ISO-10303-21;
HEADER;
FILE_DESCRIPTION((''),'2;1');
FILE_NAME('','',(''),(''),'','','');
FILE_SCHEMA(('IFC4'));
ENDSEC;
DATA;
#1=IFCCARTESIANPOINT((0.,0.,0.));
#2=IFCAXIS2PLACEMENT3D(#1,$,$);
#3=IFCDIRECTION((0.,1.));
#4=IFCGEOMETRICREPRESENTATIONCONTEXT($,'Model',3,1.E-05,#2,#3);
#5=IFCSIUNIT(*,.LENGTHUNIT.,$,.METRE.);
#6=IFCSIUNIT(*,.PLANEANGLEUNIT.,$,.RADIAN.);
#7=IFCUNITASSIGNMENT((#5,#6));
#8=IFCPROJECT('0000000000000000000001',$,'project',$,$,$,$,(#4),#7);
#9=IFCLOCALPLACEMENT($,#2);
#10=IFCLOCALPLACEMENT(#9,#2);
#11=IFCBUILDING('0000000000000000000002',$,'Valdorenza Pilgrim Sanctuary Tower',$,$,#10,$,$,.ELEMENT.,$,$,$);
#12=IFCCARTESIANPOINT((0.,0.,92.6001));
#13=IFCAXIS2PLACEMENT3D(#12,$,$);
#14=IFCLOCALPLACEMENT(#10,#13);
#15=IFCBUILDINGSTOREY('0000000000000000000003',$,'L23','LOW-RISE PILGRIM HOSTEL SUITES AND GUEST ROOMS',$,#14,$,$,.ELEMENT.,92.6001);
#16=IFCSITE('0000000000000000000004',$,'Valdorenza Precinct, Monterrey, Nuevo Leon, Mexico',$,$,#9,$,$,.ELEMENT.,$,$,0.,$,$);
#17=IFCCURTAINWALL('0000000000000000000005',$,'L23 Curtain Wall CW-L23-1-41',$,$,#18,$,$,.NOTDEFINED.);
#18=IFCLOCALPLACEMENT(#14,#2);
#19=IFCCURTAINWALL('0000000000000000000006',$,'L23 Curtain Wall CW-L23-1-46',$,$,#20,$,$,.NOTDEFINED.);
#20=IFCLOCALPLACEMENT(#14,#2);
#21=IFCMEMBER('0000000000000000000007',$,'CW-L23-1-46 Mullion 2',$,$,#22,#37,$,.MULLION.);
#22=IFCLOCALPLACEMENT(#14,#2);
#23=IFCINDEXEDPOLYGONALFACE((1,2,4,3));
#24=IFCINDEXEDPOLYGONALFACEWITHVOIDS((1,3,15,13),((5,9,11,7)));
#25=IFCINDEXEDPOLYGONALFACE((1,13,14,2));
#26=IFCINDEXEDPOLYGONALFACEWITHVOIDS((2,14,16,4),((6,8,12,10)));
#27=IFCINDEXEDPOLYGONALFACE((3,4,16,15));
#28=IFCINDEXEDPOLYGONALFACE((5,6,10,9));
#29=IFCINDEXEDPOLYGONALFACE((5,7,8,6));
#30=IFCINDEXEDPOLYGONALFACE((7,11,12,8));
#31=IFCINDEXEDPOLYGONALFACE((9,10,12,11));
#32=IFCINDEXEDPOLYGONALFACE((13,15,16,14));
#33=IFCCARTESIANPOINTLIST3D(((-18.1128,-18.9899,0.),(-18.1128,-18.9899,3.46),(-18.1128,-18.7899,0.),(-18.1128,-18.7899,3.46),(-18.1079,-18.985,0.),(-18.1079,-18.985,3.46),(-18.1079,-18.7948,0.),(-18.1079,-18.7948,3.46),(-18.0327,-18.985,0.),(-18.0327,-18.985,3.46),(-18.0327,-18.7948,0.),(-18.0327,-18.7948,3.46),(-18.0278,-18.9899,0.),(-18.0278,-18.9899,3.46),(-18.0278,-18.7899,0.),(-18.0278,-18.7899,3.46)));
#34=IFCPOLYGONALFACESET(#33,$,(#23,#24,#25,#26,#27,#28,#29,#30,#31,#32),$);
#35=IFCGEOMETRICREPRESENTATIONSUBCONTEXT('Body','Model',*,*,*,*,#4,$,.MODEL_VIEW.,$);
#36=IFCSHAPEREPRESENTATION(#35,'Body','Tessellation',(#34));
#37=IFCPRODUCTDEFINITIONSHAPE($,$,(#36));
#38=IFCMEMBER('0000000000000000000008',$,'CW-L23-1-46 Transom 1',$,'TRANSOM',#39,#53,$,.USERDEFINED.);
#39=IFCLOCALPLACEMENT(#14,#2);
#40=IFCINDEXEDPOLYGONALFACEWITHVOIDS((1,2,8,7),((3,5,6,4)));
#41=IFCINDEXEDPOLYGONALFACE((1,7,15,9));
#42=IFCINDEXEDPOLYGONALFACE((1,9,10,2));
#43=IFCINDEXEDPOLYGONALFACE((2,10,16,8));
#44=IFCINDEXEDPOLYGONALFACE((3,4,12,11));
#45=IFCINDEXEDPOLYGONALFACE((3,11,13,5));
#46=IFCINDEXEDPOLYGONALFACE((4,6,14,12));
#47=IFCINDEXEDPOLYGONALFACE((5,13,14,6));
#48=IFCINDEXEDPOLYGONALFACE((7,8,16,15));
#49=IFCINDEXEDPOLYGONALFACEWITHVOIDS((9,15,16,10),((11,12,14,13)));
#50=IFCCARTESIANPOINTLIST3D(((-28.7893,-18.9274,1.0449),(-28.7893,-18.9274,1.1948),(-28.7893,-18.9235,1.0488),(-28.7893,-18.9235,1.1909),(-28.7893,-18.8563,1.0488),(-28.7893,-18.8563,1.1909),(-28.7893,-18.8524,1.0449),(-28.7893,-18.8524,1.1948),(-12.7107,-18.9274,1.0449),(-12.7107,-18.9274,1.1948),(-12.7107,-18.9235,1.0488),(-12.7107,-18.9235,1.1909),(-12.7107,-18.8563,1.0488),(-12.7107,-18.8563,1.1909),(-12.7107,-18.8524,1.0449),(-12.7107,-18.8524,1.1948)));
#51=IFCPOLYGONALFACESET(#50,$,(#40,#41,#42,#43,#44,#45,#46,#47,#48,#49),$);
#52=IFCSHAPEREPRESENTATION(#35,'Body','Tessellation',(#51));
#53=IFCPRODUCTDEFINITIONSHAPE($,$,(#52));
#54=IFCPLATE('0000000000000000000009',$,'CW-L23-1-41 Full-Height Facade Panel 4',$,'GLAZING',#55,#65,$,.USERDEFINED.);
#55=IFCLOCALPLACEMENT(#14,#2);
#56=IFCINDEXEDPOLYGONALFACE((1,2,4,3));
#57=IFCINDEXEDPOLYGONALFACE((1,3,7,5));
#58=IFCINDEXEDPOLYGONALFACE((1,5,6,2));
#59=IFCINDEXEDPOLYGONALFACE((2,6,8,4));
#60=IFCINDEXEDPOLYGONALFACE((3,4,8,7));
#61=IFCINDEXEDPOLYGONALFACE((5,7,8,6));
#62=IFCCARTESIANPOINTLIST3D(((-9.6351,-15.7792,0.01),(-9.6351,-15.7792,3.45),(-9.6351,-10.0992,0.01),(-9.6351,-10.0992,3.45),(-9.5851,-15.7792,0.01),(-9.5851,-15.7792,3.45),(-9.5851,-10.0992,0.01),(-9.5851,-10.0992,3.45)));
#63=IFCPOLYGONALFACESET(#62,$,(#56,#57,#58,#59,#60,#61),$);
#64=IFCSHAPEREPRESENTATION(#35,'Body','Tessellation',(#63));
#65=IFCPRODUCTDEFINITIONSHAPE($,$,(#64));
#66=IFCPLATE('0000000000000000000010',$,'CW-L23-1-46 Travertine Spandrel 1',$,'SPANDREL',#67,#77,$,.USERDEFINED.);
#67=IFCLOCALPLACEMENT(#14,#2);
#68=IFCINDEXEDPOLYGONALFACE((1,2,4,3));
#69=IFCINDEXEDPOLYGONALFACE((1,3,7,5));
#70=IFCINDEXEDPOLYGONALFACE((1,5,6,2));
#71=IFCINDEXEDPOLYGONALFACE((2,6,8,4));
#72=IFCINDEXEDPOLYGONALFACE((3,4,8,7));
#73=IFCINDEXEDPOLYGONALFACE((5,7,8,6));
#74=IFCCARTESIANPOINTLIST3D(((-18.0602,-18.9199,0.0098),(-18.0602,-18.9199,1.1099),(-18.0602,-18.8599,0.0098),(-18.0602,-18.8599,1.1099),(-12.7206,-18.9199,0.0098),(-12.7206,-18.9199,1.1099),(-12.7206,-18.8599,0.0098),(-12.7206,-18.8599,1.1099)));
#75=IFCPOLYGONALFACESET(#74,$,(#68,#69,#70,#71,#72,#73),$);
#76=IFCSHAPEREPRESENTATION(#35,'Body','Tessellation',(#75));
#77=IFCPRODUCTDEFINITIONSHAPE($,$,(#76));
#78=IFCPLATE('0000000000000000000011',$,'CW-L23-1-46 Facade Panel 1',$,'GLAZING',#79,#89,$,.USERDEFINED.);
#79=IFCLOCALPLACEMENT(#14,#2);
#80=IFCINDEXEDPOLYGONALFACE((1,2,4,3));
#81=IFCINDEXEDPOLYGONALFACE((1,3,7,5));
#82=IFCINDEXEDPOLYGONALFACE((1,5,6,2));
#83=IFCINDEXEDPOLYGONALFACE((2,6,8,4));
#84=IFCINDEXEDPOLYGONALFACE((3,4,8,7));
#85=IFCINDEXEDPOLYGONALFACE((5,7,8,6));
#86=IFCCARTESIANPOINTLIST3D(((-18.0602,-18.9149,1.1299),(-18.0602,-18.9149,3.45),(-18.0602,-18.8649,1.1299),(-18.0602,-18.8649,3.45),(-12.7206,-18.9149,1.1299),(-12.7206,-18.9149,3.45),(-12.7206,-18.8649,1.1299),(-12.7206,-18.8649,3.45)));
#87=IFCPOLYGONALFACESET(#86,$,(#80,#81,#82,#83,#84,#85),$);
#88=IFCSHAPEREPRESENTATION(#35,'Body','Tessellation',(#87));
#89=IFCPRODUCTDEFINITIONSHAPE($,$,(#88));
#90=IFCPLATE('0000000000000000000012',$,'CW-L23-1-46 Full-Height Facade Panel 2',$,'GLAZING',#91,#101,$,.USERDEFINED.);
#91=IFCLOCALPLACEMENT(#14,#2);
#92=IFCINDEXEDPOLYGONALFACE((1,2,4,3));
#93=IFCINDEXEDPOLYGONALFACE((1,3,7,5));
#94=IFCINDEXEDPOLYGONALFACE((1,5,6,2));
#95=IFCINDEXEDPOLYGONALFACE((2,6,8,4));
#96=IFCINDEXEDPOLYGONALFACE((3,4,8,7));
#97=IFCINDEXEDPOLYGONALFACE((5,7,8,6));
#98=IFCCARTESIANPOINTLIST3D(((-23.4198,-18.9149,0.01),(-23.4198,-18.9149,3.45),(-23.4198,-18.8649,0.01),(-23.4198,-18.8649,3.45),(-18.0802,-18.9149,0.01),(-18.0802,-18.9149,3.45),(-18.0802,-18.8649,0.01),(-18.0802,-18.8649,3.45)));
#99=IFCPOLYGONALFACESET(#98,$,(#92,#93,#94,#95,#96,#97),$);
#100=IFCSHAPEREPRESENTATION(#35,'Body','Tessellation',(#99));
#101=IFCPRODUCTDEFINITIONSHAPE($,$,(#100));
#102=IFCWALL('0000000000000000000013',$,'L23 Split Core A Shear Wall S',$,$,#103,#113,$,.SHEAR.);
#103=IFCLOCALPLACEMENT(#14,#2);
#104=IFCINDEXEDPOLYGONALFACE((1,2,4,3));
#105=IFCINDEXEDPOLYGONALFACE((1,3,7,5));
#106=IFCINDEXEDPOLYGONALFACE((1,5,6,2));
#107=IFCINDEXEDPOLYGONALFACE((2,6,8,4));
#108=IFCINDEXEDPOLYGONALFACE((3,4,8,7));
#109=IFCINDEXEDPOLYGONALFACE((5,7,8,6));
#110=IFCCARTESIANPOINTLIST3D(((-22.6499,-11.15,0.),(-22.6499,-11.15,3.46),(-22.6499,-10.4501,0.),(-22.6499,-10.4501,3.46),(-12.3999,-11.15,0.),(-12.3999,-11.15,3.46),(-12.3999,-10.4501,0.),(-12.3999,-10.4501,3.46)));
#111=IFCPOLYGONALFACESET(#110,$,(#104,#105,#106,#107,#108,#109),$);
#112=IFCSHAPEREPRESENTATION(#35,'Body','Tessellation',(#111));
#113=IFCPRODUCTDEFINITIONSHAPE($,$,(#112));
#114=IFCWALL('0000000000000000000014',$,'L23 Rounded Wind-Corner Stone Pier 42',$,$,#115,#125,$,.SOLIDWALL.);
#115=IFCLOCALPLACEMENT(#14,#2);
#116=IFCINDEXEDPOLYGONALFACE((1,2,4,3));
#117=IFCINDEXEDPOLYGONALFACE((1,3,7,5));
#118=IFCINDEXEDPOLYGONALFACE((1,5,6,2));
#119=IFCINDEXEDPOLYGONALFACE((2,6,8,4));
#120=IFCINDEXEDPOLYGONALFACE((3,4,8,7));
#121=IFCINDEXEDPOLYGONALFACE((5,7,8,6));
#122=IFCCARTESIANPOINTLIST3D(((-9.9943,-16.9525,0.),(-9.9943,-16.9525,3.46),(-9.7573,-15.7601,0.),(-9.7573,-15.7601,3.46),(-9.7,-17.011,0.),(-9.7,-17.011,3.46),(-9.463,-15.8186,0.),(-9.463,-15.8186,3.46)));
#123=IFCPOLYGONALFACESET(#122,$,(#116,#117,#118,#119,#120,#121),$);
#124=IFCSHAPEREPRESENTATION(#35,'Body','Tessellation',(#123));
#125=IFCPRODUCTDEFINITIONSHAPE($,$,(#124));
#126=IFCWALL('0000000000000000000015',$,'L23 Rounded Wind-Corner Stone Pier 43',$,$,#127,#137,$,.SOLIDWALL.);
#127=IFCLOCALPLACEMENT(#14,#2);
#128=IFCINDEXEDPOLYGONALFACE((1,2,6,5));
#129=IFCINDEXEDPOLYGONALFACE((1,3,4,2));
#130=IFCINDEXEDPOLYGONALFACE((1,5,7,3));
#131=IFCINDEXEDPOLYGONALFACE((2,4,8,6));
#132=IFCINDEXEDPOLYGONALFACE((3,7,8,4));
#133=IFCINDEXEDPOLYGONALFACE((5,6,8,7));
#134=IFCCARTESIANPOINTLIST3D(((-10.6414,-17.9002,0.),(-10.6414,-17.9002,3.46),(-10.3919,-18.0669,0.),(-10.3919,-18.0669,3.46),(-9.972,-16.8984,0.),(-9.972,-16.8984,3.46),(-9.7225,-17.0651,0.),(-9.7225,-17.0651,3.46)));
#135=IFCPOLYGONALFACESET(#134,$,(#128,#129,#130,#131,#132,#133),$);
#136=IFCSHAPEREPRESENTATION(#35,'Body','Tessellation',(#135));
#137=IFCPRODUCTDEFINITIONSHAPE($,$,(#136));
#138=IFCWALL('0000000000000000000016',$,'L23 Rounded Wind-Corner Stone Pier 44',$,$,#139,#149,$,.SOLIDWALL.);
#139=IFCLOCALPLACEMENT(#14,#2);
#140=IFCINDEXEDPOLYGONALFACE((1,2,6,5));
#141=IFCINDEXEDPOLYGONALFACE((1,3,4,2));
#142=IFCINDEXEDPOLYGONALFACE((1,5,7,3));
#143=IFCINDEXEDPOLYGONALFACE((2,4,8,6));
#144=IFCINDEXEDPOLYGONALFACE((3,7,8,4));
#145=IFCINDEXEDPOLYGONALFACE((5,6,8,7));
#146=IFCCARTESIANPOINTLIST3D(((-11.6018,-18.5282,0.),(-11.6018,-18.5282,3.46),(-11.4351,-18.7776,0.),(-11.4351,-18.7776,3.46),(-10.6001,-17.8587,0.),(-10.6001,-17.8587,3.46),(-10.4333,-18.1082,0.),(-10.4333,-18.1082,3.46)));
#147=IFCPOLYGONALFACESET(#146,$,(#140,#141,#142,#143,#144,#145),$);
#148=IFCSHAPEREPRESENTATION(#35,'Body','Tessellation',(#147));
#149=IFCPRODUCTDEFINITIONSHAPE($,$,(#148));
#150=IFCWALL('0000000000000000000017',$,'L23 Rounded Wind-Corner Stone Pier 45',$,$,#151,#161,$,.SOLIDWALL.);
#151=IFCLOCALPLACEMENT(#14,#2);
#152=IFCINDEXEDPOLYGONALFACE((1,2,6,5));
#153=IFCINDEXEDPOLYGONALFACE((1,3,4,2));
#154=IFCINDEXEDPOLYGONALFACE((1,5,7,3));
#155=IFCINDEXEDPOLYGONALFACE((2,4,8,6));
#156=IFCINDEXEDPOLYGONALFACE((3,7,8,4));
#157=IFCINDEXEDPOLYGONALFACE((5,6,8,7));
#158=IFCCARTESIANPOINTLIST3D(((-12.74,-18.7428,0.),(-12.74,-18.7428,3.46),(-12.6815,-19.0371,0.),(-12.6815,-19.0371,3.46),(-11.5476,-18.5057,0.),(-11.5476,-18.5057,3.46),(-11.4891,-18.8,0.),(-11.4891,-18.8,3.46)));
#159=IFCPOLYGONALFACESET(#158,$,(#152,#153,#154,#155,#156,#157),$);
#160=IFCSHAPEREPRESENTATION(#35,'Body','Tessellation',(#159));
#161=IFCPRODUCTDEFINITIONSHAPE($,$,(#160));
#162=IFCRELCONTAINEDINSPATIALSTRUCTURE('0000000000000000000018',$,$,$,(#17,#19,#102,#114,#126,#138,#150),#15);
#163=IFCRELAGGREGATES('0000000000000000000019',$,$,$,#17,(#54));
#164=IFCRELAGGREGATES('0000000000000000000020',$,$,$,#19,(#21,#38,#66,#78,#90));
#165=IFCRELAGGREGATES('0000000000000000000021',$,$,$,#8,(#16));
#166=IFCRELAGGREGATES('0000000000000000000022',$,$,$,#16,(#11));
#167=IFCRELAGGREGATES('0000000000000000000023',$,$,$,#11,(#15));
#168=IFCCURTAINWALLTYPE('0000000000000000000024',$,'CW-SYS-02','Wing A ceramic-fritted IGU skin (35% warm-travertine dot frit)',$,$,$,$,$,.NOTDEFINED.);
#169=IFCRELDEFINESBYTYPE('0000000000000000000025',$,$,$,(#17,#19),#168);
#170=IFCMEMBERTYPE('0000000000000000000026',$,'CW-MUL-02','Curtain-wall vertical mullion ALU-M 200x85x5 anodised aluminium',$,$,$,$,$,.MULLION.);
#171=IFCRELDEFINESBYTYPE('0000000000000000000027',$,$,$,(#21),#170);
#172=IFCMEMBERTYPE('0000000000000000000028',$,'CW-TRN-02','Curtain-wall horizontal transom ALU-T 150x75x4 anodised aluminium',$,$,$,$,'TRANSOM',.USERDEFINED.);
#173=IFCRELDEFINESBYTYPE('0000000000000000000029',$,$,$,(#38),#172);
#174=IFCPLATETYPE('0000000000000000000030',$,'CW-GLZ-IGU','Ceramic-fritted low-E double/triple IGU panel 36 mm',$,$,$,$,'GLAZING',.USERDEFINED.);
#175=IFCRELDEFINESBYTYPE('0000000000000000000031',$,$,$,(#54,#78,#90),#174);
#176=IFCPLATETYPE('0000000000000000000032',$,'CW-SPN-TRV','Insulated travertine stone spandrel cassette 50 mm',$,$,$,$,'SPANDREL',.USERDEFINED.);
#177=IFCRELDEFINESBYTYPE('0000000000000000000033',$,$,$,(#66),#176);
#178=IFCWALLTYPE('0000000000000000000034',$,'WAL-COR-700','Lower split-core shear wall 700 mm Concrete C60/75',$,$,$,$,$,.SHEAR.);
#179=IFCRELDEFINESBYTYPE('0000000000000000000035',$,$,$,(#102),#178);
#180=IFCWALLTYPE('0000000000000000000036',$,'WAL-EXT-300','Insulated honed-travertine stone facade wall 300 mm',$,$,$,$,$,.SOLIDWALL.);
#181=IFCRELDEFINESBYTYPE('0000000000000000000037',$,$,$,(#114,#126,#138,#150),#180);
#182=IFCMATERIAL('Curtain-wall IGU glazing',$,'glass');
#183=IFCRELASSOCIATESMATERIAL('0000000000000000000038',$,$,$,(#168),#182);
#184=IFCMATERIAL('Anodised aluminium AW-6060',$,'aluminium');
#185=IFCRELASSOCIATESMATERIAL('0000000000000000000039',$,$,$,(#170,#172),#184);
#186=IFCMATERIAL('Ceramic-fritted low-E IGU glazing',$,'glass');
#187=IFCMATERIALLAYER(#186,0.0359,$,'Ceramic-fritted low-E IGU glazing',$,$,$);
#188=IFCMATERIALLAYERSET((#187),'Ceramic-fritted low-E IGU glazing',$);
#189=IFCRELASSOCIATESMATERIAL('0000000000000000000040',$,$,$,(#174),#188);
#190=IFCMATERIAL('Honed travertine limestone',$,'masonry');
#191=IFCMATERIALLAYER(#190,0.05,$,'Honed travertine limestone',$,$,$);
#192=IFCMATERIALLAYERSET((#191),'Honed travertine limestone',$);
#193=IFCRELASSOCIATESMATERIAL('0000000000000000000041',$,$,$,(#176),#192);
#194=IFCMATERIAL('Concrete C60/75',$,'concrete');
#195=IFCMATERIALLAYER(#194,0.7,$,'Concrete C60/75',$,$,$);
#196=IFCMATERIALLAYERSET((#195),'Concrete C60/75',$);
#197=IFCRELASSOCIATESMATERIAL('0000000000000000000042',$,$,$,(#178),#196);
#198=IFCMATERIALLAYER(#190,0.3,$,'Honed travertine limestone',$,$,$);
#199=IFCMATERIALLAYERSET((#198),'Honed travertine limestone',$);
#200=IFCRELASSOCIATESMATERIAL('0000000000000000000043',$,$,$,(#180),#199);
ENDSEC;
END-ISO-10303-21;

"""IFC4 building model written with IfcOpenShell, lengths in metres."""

from ifc_helpers import new_model, si_unit, direction, frame, frame_2d, origin, origin_2d, place, context, subcontext, project, spatial, rectangle, hollow_rectangle, extrude, source, transform, mapped, material, layer, layer_set, material_profile, profile_set, type_object, element, aggregate, save


model = new_model("IFC4")

# Units and contexts
model_context = context("Model", 3, precision=1e-05, world=origin(), true_north=direction((0.0, 1.0)))
body_context = subcontext(model_context, "Body", "Model", "MODEL_VIEW")
ifc_project = project(units=[si_unit("LENGTHUNIT", "METRE"), si_unit("PLANEANGLEUNIT", "RADIAN")], contexts=[model_context])

# Site, building, storey
site_placement = place(None, origin())
site = spatial("IfcSite", under=ifc_project, at=site_placement, Name="Valdorenza Precinct, Monterrey, Nuevo Leon, Mexico", CompositionType="ELEMENT", RefElevation=0.0)
building_placement = place(site_placement, origin())
building = spatial("IfcBuilding", under=site, at=building_placement, Name="Valdorenza Pilgrim Sanctuary Tower", CompositionType="ELEMENT")
storey_placement = place(building_placement, frame((0.0, 0.0, 92.6001)))
storey = spatial("IfcBuildingStorey", under=building, at=storey_placement, Name="L23", Description="LOW-RISE PILGRIM HOSTEL SUITES AND GUEST ROOMS", CompositionType="ELEMENT", Elevation=92.6001)

# Shared definitions
ifc_material_1 = material(Name="Concrete C60/75", Category="concrete")

# Curtain wall
ifc_material_2 = material(Name="Curtain-wall IGU glazing", Category="glass")
curtain_wall_type = type_object("IfcCurtainWallType", Name="CW-SYS-02", Description="Wing A ceramic-fritted IGU skin (35% warm-travertine dot frit)", PredefinedType="NOTDEFINED", material=ifc_material_2)
curtain_wall_1_placement = place(storey_placement, origin())
curtain_wall_1 = element("IfcCurtainWall", 1, at=curtain_wall_1_placement, inside=storey, type_object=curtain_wall_type, Name="L23 Curtain Wall CW-L23-1-41", PredefinedType="NOTDEFINED")
ifc_material_3 = material(Name="Anodised aluminium AW-6060", Category="aluminium")
ifc_material_profile_1 = material_profile(ifc_material_3, hollow_rectangle(XDim=0.085, YDim=0.2, WallThickness=0.0049, at=origin_2d()), Name="ALU-M 200x85x5")
ifc_profile_set_1 = profile_set([ifc_material_profile_1], Name="Anodised aluminium AW-6060")
member_type_1 = type_object("IfcMemberType", Name="CW-MUL-02", Description="Curtain-wall vertical mullion ALU-M 200x85x5 anodised aluminium", PredefinedType="MULLION", material=ifc_profile_set_1)
shared_shape_1 = source(origin(), body_context, "Body", "SweptSolid", [
    extrude(hollow_rectangle(XDim=0.085, YDim=0.2, WallThickness=0.0049, at=origin_2d()), origin(), (0.0, 0.0, 1.0), 3.46),
])

# Curtain wall, members
curtain_wall_2_placement = place(storey_placement, origin())
curtain_wall_2 = element("IfcCurtainWall", 2, at=curtain_wall_2_placement, inside=storey, type_object=curtain_wall_type, Name="L23 Curtain Wall CW-L23-1-46", PredefinedType="NOTDEFINED")
member_1_placement = place(storey_placement, frame((-18.0703, -18.8899, 0.0), z_axis=(0.0, 0.0, 1.0), x_axis=(-1.0, 0.0, 0.0)))
member_1 = element("IfcMember", 3, at=member_1_placement, type_object=member_type_1, Name="CW-L23-1-46 Mullion 2", PredefinedType="MULLION", context=body_context, shape_type="MappedRepresentation", body=[
    mapped(shared_shape_1, transform((0.0, 0.0, 0.0), x_axis=(1.0, 0.0, 0.0), y_axis=(0.0, 1.0, 0.0), z_axis=(0.0, 0.0, 1.0), scale=1.0)),
])
ifc_material_profile_2 = material_profile(ifc_material_3, hollow_rectangle(XDim=0.075, YDim=0.1499, WallThickness=0.0039, at=origin_2d()), Name="ALU-T 150x75x4")
ifc_profile_set_2 = profile_set([ifc_material_profile_2], Name="Anodised aluminium AW-6060")
member_type_2 = type_object("IfcMemberType", Name="CW-TRN-02", Description="Curtain-wall horizontal transom ALU-T 150x75x4 anodised aluminium", ElementType="TRANSOM", PredefinedType="USERDEFINED", material=ifc_profile_set_2)
shared_shape_2 = source(origin(), body_context, "Body", "SweptSolid", [
    extrude(hollow_rectangle(XDim=0.075, YDim=0.1499, WallThickness=0.0039, at=origin_2d()), origin(), (0.0, 0.0, 1.0), 16.0786),
])
member_2_placement = place(storey_placement, frame((-12.7107, -18.8899, 1.1199), z_axis=(-1.0, 0.0, 0.0), x_axis=(0.0, -1.0, 0.0)))
member_2 = element("IfcMember", 4, at=member_2_placement, type_object=member_type_2, Name="CW-L23-1-46 Transom 1", ObjectType="TRANSOM", PredefinedType="USERDEFINED", context=body_context, shape_type="MappedRepresentation", body=[
    mapped(shared_shape_2, transform((0.0, 0.0, 0.0), x_axis=(1.0, 0.0, 0.0), y_axis=(0.0, 1.0, 0.0), z_axis=(0.0, 0.0, 1.0), scale=1.0)),
])

# Plates
ifc_material_4 = material(Name="Ceramic-fritted low-E IGU glazing", Category="glass")
ifc_layer_1 = layer(ifc_material_4, 0.0359, Name="Ceramic-fritted low-E IGU glazing")
ifc_layer_set_1 = layer_set([ifc_layer_1], Name="Ceramic-fritted low-E IGU glazing")
plate_type_1 = type_object("IfcPlateType", Name="CW-GLZ-IGU", Description="Ceramic-fritted low-E double/triple IGU panel 36 mm", ElementType="GLAZING", PredefinedType="USERDEFINED", material=ifc_layer_set_1)
shared_shape_3 = source(origin(), body_context, "Body", "SweptSolid", [
    extrude(rectangle(XDim=5.6799, YDim=0.05, at=origin_2d()), origin(), (0.0, 0.0, 1.0), 3.4399),
])
plate_1_placement = place(storey_placement, frame((-9.6101, -12.9392, 0.01), z_axis=(0.0, 0.0, 1.0), x_axis=(0.0, -1.0, 0.0)))
plate_1 = element("IfcPlate", 5, at=plate_1_placement, type_object=plate_type_1, Name="CW-L23-1-41 Full-Height Facade Panel 4", ObjectType="GLAZING", PredefinedType="USERDEFINED", context=body_context, shape_type="MappedRepresentation", body=[
    mapped(shared_shape_3, transform((0.0, 0.0, 0.0), x_axis=(1.0, 0.0, 0.0), y_axis=(0.0, 1.0, 0.0), z_axis=(0.0, 0.0, 1.0), scale=1.0)),
])
aggregate(curtain_wall_1, [plate_1])
ifc_material_5 = material(Name="Honed travertine limestone", Category="masonry")
ifc_layer_2 = layer(ifc_material_5, 0.05, Name="Honed travertine limestone")
ifc_layer_set_2 = layer_set([ifc_layer_2], Name="Honed travertine limestone")
plate_type_2 = type_object("IfcPlateType", Name="CW-SPN-TRV", Description="Insulated travertine stone spandrel cassette 50 mm", ElementType="SPANDREL", PredefinedType="USERDEFINED", material=ifc_layer_set_2)
shared_shape_4 = source(origin(), body_context, "Body", "SweptSolid", [
    extrude(rectangle(XDim=5.3396, YDim=0.0601, at=origin_2d()), origin(), (0.0, 0.0, 1.0), 1.1001),
])
plate_2_placement = place(storey_placement, frame((-15.3904, -18.8899, 0.0098), z_axis=(0.0, 0.0, 1.0), x_axis=(-1.0, 0.0, 0.0)))
plate_2 = element("IfcPlate", 6, at=plate_2_placement, type_object=plate_type_2, Name="CW-L23-1-46 Travertine Spandrel 1", ObjectType="SPANDREL", PredefinedType="USERDEFINED", context=body_context, shape_type="MappedRepresentation", body=[
    mapped(shared_shape_4, transform((0.0, 0.0, 0.0), x_axis=(1.0, 0.0, 0.0), y_axis=(0.0, 1.0, 0.0), z_axis=(0.0, 0.0, 1.0), scale=1.0)),
])
shared_shape_5 = source(origin(), body_context, "Body", "SweptSolid", [
    extrude(rectangle(XDim=5.3396, YDim=0.05, at=origin_2d()), origin(), (0.0, 0.0, 1.0), 2.3201),
])
plate_3_placement = place(storey_placement, frame((-15.3904, -18.8899, 1.1299), z_axis=(0.0, 0.0, 1.0), x_axis=(-1.0, 0.0, 0.0)))
plate_3 = element("IfcPlate", 7, at=plate_3_placement, type_object=plate_type_1, Name="CW-L23-1-46 Facade Panel 1", ObjectType="GLAZING", PredefinedType="USERDEFINED", context=body_context, shape_type="MappedRepresentation", body=[
    mapped(shared_shape_5, transform((0.0, 0.0, 0.0), x_axis=(1.0, 0.0, 0.0), y_axis=(0.0, 1.0, 0.0), z_axis=(0.0, 0.0, 1.0), scale=1.0)),
])
shared_shape_6 = source(origin(), body_context, "Body", "SweptSolid", [
    extrude(rectangle(XDim=5.3396, YDim=0.05, at=origin_2d()), origin(), (0.0, 0.0, 1.0), 3.4399),
])
plate_4_placement = place(storey_placement, frame((-20.75, -18.8899, 0.01), z_axis=(0.0, 0.0, 1.0), x_axis=(-1.0, 0.0, 0.0)))
plate_4 = element("IfcPlate", 8, at=plate_4_placement, type_object=plate_type_1, Name="CW-L23-1-46 Full-Height Facade Panel 2", ObjectType="GLAZING", PredefinedType="USERDEFINED", context=body_context, shape_type="MappedRepresentation", body=[
    mapped(shared_shape_6, transform((0.0, 0.0, 0.0), x_axis=(1.0, 0.0, 0.0), y_axis=(0.0, 1.0, 0.0), z_axis=(0.0, 0.0, 1.0), scale=1.0)),
])
aggregate(curtain_wall_2, [member_1, member_2, plate_2, plate_3, plate_4])

# Walls
ifc_layer_3 = layer(ifc_material_1, 0.7, Name="Concrete C60/75")
ifc_layer_set_3 = layer_set([ifc_layer_3], Name="Concrete C60/75")
wall_type_1 = type_object("IfcWallType", Name="WAL-COR-700", Description="Lower split-core shear wall 700 mm Concrete C60/75", PredefinedType="SHEAR", material=ifc_layer_set_3)
wall_1_placement = place(storey_placement, frame((-22.6499, -10.8, 0.0), z_axis=(0.0, 0.0, 1.0), x_axis=(1.0, 0.0, 0.0)))
element("IfcWall", 9, at=wall_1_placement, inside=storey, type_object=wall_type_1, Name="L23 Split Core A Shear Wall S", PredefinedType="SHEAR", context=body_context, shape_type="SweptSolid", body=[
    extrude(rectangle(XDim=10.25, YDim=0.7, at=frame_2d((5.125, 0.0))), origin(), (0.0, 0.0, 1.0), 3.46),
])
ifc_layer_4 = layer(ifc_material_5, 0.3, Name="Honed travertine limestone")
ifc_layer_set_4 = layer_set([ifc_layer_4], Name="Honed travertine limestone")
wall_type_2 = type_object("IfcWallType", Name="WAL-EXT-300", Description="Insulated honed-travertine stone facade wall 300 mm", PredefinedType="SOLIDWALL", material=ifc_layer_set_4)
wall_2_placement = place(storey_placement, frame((-9.6101, -15.7893, 0.0), z_axis=(0.0, 0.0, 1.0), x_axis=(-0.194996, -0.980804, 0.0)))
element("IfcWall", 10, at=wall_2_placement, inside=storey, type_object=wall_type_2, Name="L23 Rounded Wind-Corner Stone Pier 42", PredefinedType="SOLIDWALL", context=body_context, shape_type="SweptSolid", body=[
    extrude(rectangle(XDim=1.2158, YDim=0.3, at=frame_2d((0.6079, 0.0))), origin(), (0.0, 0.0, 1.0), 3.46),
])
for number, where, z_axis, x_axis, name in (
    (11, (-9.8472, -16.9817, 0.0), (0.0, 0.0, 1.0), (-0.555635, -0.831426, 0.0), "L23 Rounded Wind-Corner Stone Pier 43"),
    (12, (-10.5166, -17.9834, 0.0), (0.0, 0.0, 1.0), (-0.831426, -0.555635, 0.0), "L23 Rounded Wind-Corner Stone Pier 44"),
):
    element("IfcWall", number, at=place(storey_placement, frame(where, z_axis=z_axis, x_axis=x_axis)), inside=storey, type_object=wall_type_2, Name=name, PredefinedType="SOLIDWALL", context=body_context, shape_type="SweptSolid", body=[
        extrude(rectangle(XDim=1.2048, YDim=0.3, at=frame_2d((0.6025, 0.0))), origin(), (0.0, 0.0, 1.0), 3.46),
    ])
wall_3_placement = place(storey_placement, frame((-11.5183, -18.6528, 0.0), z_axis=(0.0, 0.0, 1.0), x_axis=(-0.980804, -0.194996, 0.0)))
element("IfcWall", 13, at=wall_3_placement, inside=storey, type_object=wall_type_2, Name="L23 Rounded Wind-Corner Stone Pier 45", PredefinedType="SOLIDWALL", context=body_context, shape_type="SweptSolid", body=[
    extrude(rectangle(XDim=1.2158, YDim=0.3, at=frame_2d((0.6079, 0.0))), origin(), (0.0, 0.0, 1.0), 3.46),
])

save(model, "model.ifc")
